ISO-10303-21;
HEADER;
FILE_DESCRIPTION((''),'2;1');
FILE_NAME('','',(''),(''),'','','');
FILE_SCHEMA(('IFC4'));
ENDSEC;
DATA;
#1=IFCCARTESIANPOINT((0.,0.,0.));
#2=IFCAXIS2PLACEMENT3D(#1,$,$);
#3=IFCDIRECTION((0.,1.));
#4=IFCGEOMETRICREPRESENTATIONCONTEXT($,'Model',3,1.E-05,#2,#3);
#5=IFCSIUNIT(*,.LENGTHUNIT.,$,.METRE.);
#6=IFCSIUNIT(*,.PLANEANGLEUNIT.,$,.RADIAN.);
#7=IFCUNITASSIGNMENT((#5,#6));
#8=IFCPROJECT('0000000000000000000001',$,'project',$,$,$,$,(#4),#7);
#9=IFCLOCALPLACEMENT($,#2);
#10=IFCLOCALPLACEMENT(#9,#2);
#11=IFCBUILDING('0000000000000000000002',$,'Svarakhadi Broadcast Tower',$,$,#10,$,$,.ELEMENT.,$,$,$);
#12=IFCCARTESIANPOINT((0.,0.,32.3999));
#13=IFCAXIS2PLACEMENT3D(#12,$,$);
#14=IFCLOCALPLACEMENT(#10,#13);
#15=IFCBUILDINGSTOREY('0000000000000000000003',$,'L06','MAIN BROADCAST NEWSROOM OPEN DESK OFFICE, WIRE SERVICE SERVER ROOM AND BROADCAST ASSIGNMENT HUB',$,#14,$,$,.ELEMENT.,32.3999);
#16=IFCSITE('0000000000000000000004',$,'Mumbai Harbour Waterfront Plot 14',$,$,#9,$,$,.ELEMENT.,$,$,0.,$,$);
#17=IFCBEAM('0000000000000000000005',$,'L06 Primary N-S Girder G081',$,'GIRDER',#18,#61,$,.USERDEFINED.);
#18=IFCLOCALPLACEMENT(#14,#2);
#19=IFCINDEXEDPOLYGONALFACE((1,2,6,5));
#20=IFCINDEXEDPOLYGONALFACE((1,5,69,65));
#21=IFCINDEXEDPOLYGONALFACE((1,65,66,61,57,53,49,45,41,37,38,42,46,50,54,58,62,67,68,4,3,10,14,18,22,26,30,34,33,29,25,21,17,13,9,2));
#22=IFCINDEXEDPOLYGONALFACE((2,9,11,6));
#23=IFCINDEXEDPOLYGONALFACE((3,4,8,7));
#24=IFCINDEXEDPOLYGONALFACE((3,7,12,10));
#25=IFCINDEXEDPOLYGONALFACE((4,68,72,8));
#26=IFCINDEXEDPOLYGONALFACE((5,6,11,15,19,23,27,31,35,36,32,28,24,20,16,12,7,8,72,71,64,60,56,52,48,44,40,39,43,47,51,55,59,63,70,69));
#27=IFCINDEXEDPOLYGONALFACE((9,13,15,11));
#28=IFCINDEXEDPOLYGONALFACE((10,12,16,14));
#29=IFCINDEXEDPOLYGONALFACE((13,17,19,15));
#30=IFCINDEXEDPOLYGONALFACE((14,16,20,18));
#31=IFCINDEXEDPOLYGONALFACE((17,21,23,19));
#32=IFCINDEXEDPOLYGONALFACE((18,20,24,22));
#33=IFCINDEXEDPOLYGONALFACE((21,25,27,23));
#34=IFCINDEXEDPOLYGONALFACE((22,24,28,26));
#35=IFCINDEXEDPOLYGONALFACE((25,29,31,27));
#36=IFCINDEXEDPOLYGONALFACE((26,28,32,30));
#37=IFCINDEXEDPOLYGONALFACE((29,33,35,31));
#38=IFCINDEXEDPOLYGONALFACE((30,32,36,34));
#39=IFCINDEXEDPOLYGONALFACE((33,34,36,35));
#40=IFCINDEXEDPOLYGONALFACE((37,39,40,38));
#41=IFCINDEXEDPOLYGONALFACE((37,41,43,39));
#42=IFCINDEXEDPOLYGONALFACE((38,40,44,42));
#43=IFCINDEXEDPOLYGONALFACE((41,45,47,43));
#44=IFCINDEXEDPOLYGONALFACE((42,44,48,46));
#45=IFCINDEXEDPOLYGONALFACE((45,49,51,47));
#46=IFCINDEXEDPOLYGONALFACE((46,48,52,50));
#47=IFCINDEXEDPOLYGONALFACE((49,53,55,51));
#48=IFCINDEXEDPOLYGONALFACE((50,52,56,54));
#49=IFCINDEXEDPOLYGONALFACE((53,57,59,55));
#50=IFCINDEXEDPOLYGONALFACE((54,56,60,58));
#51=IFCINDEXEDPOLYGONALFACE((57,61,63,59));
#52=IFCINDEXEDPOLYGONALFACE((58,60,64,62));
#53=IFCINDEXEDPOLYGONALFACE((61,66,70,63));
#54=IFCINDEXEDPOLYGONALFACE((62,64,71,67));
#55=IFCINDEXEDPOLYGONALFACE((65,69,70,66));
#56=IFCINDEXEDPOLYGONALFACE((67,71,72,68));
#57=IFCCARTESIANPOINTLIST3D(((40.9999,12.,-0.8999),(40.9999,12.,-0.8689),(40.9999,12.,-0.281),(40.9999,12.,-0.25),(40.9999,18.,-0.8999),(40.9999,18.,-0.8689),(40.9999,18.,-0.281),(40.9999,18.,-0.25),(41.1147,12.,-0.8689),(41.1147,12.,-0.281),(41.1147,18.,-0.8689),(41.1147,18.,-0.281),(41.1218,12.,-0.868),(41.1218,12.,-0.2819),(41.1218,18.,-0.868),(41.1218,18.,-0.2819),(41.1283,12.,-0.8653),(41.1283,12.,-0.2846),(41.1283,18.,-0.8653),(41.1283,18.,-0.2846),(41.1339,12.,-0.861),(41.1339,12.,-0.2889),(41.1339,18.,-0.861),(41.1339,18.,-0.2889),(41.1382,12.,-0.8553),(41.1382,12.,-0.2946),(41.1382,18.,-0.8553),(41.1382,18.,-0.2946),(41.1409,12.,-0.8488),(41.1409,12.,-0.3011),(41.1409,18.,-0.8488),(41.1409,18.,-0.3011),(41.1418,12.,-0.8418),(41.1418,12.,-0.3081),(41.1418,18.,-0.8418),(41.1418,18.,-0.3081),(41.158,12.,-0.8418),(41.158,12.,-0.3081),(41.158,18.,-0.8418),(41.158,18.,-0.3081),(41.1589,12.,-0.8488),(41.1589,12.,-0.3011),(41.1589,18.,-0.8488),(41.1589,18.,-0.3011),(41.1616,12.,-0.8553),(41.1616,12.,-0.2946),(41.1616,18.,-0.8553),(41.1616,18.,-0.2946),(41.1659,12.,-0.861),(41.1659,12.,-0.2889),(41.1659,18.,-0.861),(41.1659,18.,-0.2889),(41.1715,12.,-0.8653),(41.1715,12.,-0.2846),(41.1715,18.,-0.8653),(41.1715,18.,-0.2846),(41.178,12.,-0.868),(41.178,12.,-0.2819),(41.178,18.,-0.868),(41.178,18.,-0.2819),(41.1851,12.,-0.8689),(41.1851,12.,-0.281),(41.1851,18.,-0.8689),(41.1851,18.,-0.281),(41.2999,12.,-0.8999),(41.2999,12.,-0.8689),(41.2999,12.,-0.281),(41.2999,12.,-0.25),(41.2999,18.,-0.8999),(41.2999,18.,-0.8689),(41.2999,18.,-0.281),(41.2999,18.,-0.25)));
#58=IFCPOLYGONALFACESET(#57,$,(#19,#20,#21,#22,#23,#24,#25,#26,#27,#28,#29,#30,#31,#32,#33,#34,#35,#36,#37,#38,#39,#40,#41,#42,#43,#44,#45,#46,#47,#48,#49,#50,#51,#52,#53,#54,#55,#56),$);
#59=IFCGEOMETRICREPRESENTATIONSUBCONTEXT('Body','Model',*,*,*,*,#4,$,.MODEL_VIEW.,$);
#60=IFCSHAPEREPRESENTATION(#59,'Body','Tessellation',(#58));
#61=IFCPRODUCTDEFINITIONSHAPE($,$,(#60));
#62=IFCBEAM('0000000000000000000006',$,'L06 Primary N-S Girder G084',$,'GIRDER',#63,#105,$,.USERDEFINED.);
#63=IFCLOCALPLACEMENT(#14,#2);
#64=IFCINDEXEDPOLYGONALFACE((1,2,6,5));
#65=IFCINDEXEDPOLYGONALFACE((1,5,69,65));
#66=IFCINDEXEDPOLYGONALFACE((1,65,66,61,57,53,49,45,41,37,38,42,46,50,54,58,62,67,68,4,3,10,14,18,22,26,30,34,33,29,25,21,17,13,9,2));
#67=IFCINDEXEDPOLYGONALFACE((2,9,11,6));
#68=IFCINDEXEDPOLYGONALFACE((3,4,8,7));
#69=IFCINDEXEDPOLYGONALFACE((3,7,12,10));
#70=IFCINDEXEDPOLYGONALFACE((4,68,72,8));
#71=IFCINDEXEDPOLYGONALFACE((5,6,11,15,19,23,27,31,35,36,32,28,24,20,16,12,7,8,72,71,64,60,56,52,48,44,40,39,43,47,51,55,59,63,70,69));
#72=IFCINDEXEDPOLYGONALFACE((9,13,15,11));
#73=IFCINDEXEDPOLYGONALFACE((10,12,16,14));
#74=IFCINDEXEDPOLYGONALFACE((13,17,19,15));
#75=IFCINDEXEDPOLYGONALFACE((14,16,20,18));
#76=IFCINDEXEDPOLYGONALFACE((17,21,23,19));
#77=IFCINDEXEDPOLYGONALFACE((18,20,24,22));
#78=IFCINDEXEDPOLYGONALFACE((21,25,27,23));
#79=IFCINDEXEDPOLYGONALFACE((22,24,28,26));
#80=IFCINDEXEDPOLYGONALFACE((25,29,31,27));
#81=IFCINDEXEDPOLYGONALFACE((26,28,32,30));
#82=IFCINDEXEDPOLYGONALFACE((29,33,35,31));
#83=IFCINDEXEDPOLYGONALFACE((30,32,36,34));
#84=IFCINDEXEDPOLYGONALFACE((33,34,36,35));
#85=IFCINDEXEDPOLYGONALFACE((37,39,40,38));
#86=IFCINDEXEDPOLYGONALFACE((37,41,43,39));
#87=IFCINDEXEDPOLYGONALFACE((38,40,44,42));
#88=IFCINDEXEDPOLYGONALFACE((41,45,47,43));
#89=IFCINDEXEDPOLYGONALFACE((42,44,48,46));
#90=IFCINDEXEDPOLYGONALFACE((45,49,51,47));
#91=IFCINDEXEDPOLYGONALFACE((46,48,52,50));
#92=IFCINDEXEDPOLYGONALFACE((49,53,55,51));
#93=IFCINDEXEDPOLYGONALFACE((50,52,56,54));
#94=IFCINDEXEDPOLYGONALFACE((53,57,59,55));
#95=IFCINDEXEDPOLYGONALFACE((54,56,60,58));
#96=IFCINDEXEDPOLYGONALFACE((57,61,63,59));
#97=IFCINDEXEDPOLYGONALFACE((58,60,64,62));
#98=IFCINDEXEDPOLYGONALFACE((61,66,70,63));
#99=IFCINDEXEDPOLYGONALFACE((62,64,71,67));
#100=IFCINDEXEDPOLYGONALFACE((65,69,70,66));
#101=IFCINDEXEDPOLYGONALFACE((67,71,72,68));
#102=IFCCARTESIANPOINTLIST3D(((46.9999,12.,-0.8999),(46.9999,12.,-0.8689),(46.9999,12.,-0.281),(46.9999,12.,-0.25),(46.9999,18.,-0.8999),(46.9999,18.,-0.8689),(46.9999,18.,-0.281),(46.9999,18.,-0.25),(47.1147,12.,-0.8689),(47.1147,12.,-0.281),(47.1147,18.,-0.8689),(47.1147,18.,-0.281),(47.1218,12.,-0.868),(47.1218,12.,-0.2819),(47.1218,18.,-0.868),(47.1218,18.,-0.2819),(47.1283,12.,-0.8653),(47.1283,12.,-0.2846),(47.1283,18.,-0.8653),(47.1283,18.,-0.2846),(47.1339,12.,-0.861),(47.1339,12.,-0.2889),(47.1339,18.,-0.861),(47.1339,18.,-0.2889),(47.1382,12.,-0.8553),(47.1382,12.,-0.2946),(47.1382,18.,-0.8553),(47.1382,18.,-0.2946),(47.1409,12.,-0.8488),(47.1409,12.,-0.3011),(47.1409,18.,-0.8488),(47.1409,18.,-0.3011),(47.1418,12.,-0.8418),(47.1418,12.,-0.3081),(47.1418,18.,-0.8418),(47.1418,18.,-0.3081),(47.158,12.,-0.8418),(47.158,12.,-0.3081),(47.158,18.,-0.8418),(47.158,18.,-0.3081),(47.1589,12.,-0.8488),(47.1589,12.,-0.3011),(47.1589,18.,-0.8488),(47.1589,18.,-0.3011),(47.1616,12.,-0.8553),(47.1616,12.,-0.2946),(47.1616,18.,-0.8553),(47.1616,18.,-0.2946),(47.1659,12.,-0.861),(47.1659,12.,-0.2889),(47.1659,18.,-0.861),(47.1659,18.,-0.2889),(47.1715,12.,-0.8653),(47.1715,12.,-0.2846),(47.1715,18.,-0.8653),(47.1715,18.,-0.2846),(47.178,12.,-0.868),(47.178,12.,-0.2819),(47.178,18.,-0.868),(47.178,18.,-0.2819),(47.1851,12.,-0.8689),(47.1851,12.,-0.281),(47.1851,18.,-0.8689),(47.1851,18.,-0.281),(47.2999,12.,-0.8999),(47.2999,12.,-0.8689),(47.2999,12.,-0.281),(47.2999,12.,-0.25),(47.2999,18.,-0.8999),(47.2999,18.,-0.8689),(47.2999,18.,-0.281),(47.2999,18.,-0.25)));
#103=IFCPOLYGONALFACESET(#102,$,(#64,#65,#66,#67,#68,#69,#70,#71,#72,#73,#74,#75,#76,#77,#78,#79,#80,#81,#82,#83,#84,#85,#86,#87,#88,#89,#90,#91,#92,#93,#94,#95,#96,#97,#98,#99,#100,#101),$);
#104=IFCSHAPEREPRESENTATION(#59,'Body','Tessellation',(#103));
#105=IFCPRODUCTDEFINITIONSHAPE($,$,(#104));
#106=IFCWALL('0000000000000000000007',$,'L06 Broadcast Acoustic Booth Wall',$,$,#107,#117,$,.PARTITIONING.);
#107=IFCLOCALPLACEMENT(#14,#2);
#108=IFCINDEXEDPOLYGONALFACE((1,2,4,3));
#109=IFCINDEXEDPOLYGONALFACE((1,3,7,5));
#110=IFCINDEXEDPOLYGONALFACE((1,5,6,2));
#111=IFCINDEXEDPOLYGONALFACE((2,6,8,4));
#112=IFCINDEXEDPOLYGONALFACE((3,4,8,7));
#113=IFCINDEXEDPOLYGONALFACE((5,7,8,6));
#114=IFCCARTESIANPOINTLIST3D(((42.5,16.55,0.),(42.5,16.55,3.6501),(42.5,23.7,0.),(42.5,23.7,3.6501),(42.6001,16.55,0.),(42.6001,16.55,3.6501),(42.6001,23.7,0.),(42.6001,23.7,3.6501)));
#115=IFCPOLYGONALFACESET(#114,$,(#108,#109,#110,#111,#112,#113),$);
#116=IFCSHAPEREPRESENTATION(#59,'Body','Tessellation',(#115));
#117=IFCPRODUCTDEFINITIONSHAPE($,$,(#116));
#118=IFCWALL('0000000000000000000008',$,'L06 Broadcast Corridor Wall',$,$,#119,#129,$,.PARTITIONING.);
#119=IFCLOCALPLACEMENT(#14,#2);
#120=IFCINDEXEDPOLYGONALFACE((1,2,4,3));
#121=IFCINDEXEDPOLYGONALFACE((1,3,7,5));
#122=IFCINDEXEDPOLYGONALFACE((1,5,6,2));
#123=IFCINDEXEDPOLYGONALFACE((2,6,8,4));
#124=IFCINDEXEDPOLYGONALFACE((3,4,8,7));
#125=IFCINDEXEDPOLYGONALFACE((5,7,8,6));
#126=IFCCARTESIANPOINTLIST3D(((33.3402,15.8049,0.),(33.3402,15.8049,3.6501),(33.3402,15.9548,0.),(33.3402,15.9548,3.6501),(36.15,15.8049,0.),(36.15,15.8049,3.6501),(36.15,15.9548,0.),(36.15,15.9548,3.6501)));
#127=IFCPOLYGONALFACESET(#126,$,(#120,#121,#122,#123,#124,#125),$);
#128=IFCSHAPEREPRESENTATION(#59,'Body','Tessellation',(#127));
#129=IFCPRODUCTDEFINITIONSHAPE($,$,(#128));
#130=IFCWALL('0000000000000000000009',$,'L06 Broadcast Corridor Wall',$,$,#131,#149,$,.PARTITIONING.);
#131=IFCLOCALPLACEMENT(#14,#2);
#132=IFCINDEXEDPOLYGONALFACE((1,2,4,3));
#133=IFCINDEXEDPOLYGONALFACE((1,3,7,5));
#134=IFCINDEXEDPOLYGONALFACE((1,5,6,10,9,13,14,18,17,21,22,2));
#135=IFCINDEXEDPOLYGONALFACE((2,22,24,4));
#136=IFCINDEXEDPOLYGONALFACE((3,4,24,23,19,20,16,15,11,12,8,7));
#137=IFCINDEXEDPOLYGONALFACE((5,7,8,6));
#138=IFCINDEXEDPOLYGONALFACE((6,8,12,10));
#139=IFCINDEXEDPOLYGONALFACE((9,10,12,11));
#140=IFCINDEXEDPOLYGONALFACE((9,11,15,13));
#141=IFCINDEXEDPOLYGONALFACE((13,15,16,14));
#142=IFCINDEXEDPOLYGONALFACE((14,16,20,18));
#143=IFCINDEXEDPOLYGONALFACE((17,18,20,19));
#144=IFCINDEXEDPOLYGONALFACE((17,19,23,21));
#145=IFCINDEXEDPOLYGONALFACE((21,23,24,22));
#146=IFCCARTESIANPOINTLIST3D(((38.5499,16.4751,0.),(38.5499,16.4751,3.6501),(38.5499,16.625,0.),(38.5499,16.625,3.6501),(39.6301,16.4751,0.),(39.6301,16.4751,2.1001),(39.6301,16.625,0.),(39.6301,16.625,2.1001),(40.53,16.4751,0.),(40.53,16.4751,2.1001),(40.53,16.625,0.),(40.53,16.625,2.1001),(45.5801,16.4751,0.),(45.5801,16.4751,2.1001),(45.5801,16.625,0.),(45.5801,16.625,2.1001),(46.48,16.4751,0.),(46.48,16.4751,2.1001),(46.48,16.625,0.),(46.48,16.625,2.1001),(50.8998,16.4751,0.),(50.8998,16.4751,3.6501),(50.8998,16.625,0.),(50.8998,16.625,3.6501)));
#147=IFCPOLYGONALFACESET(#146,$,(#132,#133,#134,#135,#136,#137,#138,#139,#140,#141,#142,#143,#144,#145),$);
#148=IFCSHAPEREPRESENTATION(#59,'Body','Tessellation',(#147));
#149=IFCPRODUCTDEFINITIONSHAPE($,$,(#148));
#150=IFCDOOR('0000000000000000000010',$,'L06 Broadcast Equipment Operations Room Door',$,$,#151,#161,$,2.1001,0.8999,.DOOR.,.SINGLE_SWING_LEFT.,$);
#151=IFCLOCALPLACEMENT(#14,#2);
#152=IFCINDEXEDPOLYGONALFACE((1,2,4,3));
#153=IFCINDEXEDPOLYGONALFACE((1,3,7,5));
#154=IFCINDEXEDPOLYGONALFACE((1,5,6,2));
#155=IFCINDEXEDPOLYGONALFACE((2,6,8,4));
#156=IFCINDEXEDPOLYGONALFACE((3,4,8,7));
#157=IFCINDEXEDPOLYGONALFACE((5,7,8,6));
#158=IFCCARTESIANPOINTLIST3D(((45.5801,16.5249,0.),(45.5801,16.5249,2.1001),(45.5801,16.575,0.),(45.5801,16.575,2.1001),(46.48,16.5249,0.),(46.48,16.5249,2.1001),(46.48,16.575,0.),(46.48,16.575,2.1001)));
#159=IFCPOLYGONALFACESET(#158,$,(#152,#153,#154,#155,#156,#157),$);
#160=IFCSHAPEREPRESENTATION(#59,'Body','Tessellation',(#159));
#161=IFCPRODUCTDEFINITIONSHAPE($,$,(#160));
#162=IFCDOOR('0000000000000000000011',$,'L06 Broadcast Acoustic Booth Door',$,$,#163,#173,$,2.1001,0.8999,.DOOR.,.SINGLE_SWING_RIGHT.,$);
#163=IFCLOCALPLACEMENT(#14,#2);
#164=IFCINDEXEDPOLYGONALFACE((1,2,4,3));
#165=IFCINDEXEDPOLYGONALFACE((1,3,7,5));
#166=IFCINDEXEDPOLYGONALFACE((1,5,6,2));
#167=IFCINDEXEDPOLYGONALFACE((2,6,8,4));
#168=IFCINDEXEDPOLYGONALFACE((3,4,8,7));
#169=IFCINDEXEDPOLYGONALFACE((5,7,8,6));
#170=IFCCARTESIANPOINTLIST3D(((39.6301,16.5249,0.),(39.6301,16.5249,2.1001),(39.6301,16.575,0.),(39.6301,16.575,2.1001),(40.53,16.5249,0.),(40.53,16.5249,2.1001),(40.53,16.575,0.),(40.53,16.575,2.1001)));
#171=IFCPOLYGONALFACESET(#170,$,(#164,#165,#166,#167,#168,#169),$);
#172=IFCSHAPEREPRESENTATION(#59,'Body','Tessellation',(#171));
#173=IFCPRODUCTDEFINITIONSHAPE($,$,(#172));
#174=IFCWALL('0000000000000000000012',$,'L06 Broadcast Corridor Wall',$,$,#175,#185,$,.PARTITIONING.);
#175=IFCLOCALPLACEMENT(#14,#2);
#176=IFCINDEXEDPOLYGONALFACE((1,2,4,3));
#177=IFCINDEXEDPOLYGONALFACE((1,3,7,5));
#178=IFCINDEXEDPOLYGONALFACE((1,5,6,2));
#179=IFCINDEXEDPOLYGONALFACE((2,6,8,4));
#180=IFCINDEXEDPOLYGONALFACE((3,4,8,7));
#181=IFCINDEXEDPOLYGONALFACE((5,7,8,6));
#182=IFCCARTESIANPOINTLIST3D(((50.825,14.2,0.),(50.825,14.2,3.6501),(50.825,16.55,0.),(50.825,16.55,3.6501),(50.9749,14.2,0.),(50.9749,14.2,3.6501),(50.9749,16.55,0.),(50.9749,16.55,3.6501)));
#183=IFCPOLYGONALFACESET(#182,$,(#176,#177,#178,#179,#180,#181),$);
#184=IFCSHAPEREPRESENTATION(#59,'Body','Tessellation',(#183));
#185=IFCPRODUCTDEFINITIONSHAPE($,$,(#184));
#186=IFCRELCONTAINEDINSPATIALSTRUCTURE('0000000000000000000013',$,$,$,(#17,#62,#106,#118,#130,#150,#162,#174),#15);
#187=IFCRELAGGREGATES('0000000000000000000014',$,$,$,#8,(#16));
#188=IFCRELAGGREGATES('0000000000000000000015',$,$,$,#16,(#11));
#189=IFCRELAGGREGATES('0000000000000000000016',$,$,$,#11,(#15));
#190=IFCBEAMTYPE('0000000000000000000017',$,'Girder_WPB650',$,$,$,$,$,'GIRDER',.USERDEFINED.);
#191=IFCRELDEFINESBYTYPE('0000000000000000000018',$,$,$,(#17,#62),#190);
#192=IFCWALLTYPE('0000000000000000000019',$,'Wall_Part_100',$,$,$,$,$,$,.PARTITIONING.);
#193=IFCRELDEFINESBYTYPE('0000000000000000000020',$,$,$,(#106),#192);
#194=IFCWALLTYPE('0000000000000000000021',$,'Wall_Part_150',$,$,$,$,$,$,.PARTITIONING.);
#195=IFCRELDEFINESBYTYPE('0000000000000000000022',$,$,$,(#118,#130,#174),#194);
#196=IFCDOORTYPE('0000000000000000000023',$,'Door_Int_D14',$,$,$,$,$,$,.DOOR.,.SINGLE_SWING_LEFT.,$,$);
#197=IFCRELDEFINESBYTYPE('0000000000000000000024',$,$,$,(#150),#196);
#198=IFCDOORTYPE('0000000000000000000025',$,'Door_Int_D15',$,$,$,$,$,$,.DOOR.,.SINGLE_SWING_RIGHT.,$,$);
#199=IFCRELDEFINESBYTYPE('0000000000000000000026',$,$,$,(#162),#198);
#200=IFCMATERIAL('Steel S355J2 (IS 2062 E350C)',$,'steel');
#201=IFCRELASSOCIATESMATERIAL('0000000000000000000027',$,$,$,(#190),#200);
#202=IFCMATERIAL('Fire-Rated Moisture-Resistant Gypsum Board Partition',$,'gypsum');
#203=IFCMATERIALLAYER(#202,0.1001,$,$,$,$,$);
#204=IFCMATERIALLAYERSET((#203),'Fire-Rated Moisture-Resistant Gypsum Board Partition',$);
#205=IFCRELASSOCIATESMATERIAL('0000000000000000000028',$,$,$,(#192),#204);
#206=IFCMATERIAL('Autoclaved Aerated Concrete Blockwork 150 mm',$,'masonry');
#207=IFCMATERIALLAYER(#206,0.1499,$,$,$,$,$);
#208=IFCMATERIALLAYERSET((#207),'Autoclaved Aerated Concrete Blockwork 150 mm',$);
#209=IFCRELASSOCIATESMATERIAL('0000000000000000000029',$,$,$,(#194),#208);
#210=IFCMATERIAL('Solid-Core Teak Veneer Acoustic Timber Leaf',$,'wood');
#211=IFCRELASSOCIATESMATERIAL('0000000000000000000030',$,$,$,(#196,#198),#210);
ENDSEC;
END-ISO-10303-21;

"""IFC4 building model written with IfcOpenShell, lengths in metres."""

from ifc_helpers import new_model, si_unit, direction, frame, frame_2d, origin, origin_2d, place, context, subcontext, project, spatial, rectangle, i_section, extrude, material, layer, layer_set, material_profile, profile_set, type_object, element, fill, save


model = new_model("IFC4")

# Units and contexts
model_context = context("Model", 3, precision=1e-05, world=origin(), true_north=direction((0.0, 1.0)))
body_context = subcontext(model_context, "Body", "Model", "MODEL_VIEW")
ifc_project = project(units=[si_unit("LENGTHUNIT", "METRE"), si_unit("PLANEANGLEUNIT", "RADIAN")], contexts=[model_context])

# Site, building, storey
site_placement = place(None, origin())
site = spatial("IfcSite", under=ifc_project, at=site_placement, Name="Mumbai Harbour Waterfront Plot 14", CompositionType="ELEMENT", RefElevation=0.0)
building_placement = place(site_placement, origin())
building = spatial("IfcBuilding", under=site, at=building_placement, Name="Svarakhadi Broadcast Tower", CompositionType="ELEMENT")
storey_placement = place(building_placement, frame((0.0, 0.0, 32.3999)))
storey = spatial("IfcBuildingStorey", under=building, at=storey_placement, Name="L06", Description="MAIN BROADCAST NEWSROOM OPEN DESK OFFICE, WIRE SERVICE SERVER ROOM AND BROADCAST ASSIGNMENT HUB", CompositionType="ELEMENT", Elevation=32.3999)

# Beams
ifc_material_1 = material(Name="Steel S355J2 (IS 2062 E350C)", Category="steel")
ifc_material_profile_1 = material_profile(ifc_material_1, i_section(OverallWidth=0.3, OverallDepth=0.6499, WebThickness=0.0161, FlangeThickness=0.031, FilletRadius=0.0271, at=origin_2d()), Name="WPB 650x300x225")
ifc_profile_set_1 = profile_set([ifc_material_profile_1], Name="Steel S355J2 (IS 2062 E350C)")
beam_type_1 = type_object("IfcBeamType", Name="Girder_WPB650", ElementType="GIRDER", PredefinedType="USERDEFINED", material=ifc_profile_set_1)
for number, where, z_axis, x_axis, name in (
    (1, (41.1499, 12.0, -0.575), (0.0, 1.0, 0.0), (-1.0, 0.0, 0.0), "L06 Primary N-S Girder G081"),
    (2, (47.1499, 12.0, -0.575), (0.0, 1.0, 0.0), (-1.0, 0.0, 0.0), "L06 Primary N-S Girder G084"),
):
    element("IfcBeam", number, at=place(storey_placement, frame(where, z_axis=z_axis, x_axis=x_axis)), inside=storey, type_object=beam_type_1, Name=name, ObjectType="GIRDER", PredefinedType="USERDEFINED", context=body_context, shape_type="SweptSolid", body=[
        extrude(i_section(OverallWidth=0.3, OverallDepth=0.6499, WebThickness=0.0161, FlangeThickness=0.031, FilletRadius=0.0271, at=origin_2d()), origin(), (0.0, 0.0, 1.0), 6.0),
    ])

# Walls
ifc_material_2 = material(Name="Fire-Rated Moisture-Resistant Gypsum Board Partition", Category="gypsum")
ifc_layer_1 = layer(ifc_material_2, 0.1001)
ifc_layer_set_1 = layer_set([ifc_layer_1], Name="Fire-Rated Moisture-Resistant Gypsum Board Partition")
wall_type_1 = type_object("IfcWallType", Name="Wall_Part_100", PredefinedType="PARTITIONING", material=ifc_layer_set_1)
wall_1_placement = place(storey_placement, frame((42.55, 16.55, 0.0), z_axis=(0.0, 0.0, 1.0), x_axis=(0.0, 1.0, 0.0)))
element("IfcWall", 3, at=wall_1_placement, inside=storey, type_object=wall_type_1, Name="L06 Broadcast Acoustic Booth Wall", PredefinedType="PARTITIONING", context=body_context, shape_type="SweptSolid", body=[
    extrude(rectangle(XDim=7.1499, YDim=0.1001, at=frame_2d((3.575, 0.0))), origin(), (0.0, 0.0, 1.0), 3.6501),
])
ifc_material_3 = material(Name="Autoclaved Aerated Concrete Blockwork 150 mm", Category="masonry")
ifc_layer_2 = layer(ifc_material_3, 0.1499)
ifc_layer_set_2 = layer_set([ifc_layer_2], Name="Autoclaved Aerated Concrete Blockwork 150 mm")
wall_type_2 = type_object("IfcWallType", Name="Wall_Part_150", PredefinedType="PARTITIONING", material=ifc_layer_set_2)
wall_2_placement = place(storey_placement, frame((36.1499, 15.8799, 0.0), z_axis=(0.0, 0.0, 1.0), x_axis=(-1.0, 0.0, 0.0)))
element("IfcWall", 4, at=wall_2_placement, inside=storey, type_object=wall_type_2, Name="L06 Broadcast Corridor Wall", PredefinedType="PARTITIONING", context=body_context, shape_type="SweptSolid", body=[
    extrude(rectangle(XDim=2.8098, YDim=0.1499, at=frame_2d((1.4048, 0.0))), origin(), (0.0, 0.0, 1.0), 3.6501),
])

# Wall, openings, doors
wall_3_placement = place(storey_placement, frame((38.55, 16.55, 0.0), z_axis=(0.0, 0.0, 1.0), x_axis=(1.0, 0.0, 0.0)))
wall_3 = element("IfcWall", 5, at=wall_3_placement, inside=storey, type_object=wall_type_2, Name="L06 Broadcast Corridor Wall", PredefinedType="PARTITIONING", context=body_context, shape_type="SweptSolid", body=[
    extrude(rectangle(XDim=12.3499, YDim=0.1499, at=frame_2d((6.1748, 0.0))), origin(), (0.0, 0.0, 1.0), 3.6501),
])
opening_1_placement = place(wall_3_placement, frame((1.0801, 0.0, 0.0)))
opening_1 = element("IfcOpeningElement", 6, at=opening_1_placement, cuts=wall_3, PredefinedType="OPENING", context=body_context, shape_type="SweptSolid", body=[
    extrude(rectangle(XDim=0.8999, YDim=2.1001, at=frame_2d((0.45, 1.05))), frame((0.0, 0.085, 0.0), z_axis=(0.0, -1.0, 0.0), x_axis=(1.0, 0.0, 0.0)), (0.0, 0.0, 1.0), 0.1699),
])
opening_2_placement = place(wall_3_placement, frame((7.03, 0.0, 0.0)))
opening_2 = element("IfcOpeningElement", 7, at=opening_2_placement, cuts=wall_3, PredefinedType="OPENING", context=body_context, shape_type="SweptSolid", body=[
    extrude(rectangle(XDim=0.8999, YDim=2.1001, at=frame_2d((0.45, 1.05))), frame((0.0, 0.085, 0.0), z_axis=(0.0, -1.0, 0.0), x_axis=(1.0, 0.0, 0.0)), (0.0, 0.0, 1.0), 0.1699),
])
ifc_material_4 = material(Name="Solid-Core Teak Veneer Acoustic Timber Leaf", Category="wood")
door_type_1 = type_object("IfcDoorType", Name="Door_Int_D14", OperationType="SINGLE_SWING_LEFT", PredefinedType="DOOR", material=ifc_material_4)
door_1_placement = place(opening_2_placement, origin())
door_1 = element("IfcDoor", 8, at=door_1_placement, inside=storey, type_object=door_type_1, Name="L06 Broadcast Equipment Operations Room Door", OperationType="SINGLE_SWING_LEFT", OverallHeight=2.1001, OverallWidth=0.8999, PredefinedType="DOOR", context=body_context, shape_type="SweptSolid", body=[
    extrude(rectangle(XDim=0.8999, YDim=2.1001, at=frame_2d((0.45, 1.05))), frame((0.0, 0.0249, 0.0), z_axis=(0.0, -1.0, 0.0), x_axis=(1.0, 0.0, 0.0)), (0.0, 0.0, 1.0), 0.05),
])
fill(opening_2, door_1)
door_type_2 = type_object("IfcDoorType", Name="Door_Int_D15", OperationType="SINGLE_SWING_RIGHT", PredefinedType="DOOR", material=ifc_material_4)
door_2_placement = place(opening_1_placement, origin())
door_2 = element("IfcDoor", 9, at=door_2_placement, inside=storey, type_object=door_type_2, Name="L06 Broadcast Acoustic Booth Door", OperationType="SINGLE_SWING_RIGHT", OverallHeight=2.1001, OverallWidth=0.8999, PredefinedType="DOOR", context=body_context, shape_type="SweptSolid", body=[
    extrude(rectangle(XDim=0.8999, YDim=2.1001, at=frame_2d((0.45, 1.05))), frame((0.0, 0.0249, 0.0), z_axis=(0.0, -1.0, 0.0), x_axis=(1.0, 0.0, 0.0)), (0.0, 0.0, 1.0), 0.05),
])
fill(opening_1, door_2)

# Wall
wall_4_placement = place(storey_placement, frame((50.8999, 16.55, 0.0), z_axis=(0.0, 0.0, 1.0), x_axis=(0.0, -1.0, 0.0)))
element("IfcWall", 10, at=wall_4_placement, inside=storey, type_object=wall_type_2, Name="L06 Broadcast Corridor Wall", PredefinedType="PARTITIONING", context=body_context, shape_type="SweptSolid", body=[
    extrude(rectangle(XDim=2.3501, YDim=0.1499, at=frame_2d((1.175, 0.0))), origin(), (0.0, 0.0, 1.0), 3.6501),
])

save(model, "model.ifc")
